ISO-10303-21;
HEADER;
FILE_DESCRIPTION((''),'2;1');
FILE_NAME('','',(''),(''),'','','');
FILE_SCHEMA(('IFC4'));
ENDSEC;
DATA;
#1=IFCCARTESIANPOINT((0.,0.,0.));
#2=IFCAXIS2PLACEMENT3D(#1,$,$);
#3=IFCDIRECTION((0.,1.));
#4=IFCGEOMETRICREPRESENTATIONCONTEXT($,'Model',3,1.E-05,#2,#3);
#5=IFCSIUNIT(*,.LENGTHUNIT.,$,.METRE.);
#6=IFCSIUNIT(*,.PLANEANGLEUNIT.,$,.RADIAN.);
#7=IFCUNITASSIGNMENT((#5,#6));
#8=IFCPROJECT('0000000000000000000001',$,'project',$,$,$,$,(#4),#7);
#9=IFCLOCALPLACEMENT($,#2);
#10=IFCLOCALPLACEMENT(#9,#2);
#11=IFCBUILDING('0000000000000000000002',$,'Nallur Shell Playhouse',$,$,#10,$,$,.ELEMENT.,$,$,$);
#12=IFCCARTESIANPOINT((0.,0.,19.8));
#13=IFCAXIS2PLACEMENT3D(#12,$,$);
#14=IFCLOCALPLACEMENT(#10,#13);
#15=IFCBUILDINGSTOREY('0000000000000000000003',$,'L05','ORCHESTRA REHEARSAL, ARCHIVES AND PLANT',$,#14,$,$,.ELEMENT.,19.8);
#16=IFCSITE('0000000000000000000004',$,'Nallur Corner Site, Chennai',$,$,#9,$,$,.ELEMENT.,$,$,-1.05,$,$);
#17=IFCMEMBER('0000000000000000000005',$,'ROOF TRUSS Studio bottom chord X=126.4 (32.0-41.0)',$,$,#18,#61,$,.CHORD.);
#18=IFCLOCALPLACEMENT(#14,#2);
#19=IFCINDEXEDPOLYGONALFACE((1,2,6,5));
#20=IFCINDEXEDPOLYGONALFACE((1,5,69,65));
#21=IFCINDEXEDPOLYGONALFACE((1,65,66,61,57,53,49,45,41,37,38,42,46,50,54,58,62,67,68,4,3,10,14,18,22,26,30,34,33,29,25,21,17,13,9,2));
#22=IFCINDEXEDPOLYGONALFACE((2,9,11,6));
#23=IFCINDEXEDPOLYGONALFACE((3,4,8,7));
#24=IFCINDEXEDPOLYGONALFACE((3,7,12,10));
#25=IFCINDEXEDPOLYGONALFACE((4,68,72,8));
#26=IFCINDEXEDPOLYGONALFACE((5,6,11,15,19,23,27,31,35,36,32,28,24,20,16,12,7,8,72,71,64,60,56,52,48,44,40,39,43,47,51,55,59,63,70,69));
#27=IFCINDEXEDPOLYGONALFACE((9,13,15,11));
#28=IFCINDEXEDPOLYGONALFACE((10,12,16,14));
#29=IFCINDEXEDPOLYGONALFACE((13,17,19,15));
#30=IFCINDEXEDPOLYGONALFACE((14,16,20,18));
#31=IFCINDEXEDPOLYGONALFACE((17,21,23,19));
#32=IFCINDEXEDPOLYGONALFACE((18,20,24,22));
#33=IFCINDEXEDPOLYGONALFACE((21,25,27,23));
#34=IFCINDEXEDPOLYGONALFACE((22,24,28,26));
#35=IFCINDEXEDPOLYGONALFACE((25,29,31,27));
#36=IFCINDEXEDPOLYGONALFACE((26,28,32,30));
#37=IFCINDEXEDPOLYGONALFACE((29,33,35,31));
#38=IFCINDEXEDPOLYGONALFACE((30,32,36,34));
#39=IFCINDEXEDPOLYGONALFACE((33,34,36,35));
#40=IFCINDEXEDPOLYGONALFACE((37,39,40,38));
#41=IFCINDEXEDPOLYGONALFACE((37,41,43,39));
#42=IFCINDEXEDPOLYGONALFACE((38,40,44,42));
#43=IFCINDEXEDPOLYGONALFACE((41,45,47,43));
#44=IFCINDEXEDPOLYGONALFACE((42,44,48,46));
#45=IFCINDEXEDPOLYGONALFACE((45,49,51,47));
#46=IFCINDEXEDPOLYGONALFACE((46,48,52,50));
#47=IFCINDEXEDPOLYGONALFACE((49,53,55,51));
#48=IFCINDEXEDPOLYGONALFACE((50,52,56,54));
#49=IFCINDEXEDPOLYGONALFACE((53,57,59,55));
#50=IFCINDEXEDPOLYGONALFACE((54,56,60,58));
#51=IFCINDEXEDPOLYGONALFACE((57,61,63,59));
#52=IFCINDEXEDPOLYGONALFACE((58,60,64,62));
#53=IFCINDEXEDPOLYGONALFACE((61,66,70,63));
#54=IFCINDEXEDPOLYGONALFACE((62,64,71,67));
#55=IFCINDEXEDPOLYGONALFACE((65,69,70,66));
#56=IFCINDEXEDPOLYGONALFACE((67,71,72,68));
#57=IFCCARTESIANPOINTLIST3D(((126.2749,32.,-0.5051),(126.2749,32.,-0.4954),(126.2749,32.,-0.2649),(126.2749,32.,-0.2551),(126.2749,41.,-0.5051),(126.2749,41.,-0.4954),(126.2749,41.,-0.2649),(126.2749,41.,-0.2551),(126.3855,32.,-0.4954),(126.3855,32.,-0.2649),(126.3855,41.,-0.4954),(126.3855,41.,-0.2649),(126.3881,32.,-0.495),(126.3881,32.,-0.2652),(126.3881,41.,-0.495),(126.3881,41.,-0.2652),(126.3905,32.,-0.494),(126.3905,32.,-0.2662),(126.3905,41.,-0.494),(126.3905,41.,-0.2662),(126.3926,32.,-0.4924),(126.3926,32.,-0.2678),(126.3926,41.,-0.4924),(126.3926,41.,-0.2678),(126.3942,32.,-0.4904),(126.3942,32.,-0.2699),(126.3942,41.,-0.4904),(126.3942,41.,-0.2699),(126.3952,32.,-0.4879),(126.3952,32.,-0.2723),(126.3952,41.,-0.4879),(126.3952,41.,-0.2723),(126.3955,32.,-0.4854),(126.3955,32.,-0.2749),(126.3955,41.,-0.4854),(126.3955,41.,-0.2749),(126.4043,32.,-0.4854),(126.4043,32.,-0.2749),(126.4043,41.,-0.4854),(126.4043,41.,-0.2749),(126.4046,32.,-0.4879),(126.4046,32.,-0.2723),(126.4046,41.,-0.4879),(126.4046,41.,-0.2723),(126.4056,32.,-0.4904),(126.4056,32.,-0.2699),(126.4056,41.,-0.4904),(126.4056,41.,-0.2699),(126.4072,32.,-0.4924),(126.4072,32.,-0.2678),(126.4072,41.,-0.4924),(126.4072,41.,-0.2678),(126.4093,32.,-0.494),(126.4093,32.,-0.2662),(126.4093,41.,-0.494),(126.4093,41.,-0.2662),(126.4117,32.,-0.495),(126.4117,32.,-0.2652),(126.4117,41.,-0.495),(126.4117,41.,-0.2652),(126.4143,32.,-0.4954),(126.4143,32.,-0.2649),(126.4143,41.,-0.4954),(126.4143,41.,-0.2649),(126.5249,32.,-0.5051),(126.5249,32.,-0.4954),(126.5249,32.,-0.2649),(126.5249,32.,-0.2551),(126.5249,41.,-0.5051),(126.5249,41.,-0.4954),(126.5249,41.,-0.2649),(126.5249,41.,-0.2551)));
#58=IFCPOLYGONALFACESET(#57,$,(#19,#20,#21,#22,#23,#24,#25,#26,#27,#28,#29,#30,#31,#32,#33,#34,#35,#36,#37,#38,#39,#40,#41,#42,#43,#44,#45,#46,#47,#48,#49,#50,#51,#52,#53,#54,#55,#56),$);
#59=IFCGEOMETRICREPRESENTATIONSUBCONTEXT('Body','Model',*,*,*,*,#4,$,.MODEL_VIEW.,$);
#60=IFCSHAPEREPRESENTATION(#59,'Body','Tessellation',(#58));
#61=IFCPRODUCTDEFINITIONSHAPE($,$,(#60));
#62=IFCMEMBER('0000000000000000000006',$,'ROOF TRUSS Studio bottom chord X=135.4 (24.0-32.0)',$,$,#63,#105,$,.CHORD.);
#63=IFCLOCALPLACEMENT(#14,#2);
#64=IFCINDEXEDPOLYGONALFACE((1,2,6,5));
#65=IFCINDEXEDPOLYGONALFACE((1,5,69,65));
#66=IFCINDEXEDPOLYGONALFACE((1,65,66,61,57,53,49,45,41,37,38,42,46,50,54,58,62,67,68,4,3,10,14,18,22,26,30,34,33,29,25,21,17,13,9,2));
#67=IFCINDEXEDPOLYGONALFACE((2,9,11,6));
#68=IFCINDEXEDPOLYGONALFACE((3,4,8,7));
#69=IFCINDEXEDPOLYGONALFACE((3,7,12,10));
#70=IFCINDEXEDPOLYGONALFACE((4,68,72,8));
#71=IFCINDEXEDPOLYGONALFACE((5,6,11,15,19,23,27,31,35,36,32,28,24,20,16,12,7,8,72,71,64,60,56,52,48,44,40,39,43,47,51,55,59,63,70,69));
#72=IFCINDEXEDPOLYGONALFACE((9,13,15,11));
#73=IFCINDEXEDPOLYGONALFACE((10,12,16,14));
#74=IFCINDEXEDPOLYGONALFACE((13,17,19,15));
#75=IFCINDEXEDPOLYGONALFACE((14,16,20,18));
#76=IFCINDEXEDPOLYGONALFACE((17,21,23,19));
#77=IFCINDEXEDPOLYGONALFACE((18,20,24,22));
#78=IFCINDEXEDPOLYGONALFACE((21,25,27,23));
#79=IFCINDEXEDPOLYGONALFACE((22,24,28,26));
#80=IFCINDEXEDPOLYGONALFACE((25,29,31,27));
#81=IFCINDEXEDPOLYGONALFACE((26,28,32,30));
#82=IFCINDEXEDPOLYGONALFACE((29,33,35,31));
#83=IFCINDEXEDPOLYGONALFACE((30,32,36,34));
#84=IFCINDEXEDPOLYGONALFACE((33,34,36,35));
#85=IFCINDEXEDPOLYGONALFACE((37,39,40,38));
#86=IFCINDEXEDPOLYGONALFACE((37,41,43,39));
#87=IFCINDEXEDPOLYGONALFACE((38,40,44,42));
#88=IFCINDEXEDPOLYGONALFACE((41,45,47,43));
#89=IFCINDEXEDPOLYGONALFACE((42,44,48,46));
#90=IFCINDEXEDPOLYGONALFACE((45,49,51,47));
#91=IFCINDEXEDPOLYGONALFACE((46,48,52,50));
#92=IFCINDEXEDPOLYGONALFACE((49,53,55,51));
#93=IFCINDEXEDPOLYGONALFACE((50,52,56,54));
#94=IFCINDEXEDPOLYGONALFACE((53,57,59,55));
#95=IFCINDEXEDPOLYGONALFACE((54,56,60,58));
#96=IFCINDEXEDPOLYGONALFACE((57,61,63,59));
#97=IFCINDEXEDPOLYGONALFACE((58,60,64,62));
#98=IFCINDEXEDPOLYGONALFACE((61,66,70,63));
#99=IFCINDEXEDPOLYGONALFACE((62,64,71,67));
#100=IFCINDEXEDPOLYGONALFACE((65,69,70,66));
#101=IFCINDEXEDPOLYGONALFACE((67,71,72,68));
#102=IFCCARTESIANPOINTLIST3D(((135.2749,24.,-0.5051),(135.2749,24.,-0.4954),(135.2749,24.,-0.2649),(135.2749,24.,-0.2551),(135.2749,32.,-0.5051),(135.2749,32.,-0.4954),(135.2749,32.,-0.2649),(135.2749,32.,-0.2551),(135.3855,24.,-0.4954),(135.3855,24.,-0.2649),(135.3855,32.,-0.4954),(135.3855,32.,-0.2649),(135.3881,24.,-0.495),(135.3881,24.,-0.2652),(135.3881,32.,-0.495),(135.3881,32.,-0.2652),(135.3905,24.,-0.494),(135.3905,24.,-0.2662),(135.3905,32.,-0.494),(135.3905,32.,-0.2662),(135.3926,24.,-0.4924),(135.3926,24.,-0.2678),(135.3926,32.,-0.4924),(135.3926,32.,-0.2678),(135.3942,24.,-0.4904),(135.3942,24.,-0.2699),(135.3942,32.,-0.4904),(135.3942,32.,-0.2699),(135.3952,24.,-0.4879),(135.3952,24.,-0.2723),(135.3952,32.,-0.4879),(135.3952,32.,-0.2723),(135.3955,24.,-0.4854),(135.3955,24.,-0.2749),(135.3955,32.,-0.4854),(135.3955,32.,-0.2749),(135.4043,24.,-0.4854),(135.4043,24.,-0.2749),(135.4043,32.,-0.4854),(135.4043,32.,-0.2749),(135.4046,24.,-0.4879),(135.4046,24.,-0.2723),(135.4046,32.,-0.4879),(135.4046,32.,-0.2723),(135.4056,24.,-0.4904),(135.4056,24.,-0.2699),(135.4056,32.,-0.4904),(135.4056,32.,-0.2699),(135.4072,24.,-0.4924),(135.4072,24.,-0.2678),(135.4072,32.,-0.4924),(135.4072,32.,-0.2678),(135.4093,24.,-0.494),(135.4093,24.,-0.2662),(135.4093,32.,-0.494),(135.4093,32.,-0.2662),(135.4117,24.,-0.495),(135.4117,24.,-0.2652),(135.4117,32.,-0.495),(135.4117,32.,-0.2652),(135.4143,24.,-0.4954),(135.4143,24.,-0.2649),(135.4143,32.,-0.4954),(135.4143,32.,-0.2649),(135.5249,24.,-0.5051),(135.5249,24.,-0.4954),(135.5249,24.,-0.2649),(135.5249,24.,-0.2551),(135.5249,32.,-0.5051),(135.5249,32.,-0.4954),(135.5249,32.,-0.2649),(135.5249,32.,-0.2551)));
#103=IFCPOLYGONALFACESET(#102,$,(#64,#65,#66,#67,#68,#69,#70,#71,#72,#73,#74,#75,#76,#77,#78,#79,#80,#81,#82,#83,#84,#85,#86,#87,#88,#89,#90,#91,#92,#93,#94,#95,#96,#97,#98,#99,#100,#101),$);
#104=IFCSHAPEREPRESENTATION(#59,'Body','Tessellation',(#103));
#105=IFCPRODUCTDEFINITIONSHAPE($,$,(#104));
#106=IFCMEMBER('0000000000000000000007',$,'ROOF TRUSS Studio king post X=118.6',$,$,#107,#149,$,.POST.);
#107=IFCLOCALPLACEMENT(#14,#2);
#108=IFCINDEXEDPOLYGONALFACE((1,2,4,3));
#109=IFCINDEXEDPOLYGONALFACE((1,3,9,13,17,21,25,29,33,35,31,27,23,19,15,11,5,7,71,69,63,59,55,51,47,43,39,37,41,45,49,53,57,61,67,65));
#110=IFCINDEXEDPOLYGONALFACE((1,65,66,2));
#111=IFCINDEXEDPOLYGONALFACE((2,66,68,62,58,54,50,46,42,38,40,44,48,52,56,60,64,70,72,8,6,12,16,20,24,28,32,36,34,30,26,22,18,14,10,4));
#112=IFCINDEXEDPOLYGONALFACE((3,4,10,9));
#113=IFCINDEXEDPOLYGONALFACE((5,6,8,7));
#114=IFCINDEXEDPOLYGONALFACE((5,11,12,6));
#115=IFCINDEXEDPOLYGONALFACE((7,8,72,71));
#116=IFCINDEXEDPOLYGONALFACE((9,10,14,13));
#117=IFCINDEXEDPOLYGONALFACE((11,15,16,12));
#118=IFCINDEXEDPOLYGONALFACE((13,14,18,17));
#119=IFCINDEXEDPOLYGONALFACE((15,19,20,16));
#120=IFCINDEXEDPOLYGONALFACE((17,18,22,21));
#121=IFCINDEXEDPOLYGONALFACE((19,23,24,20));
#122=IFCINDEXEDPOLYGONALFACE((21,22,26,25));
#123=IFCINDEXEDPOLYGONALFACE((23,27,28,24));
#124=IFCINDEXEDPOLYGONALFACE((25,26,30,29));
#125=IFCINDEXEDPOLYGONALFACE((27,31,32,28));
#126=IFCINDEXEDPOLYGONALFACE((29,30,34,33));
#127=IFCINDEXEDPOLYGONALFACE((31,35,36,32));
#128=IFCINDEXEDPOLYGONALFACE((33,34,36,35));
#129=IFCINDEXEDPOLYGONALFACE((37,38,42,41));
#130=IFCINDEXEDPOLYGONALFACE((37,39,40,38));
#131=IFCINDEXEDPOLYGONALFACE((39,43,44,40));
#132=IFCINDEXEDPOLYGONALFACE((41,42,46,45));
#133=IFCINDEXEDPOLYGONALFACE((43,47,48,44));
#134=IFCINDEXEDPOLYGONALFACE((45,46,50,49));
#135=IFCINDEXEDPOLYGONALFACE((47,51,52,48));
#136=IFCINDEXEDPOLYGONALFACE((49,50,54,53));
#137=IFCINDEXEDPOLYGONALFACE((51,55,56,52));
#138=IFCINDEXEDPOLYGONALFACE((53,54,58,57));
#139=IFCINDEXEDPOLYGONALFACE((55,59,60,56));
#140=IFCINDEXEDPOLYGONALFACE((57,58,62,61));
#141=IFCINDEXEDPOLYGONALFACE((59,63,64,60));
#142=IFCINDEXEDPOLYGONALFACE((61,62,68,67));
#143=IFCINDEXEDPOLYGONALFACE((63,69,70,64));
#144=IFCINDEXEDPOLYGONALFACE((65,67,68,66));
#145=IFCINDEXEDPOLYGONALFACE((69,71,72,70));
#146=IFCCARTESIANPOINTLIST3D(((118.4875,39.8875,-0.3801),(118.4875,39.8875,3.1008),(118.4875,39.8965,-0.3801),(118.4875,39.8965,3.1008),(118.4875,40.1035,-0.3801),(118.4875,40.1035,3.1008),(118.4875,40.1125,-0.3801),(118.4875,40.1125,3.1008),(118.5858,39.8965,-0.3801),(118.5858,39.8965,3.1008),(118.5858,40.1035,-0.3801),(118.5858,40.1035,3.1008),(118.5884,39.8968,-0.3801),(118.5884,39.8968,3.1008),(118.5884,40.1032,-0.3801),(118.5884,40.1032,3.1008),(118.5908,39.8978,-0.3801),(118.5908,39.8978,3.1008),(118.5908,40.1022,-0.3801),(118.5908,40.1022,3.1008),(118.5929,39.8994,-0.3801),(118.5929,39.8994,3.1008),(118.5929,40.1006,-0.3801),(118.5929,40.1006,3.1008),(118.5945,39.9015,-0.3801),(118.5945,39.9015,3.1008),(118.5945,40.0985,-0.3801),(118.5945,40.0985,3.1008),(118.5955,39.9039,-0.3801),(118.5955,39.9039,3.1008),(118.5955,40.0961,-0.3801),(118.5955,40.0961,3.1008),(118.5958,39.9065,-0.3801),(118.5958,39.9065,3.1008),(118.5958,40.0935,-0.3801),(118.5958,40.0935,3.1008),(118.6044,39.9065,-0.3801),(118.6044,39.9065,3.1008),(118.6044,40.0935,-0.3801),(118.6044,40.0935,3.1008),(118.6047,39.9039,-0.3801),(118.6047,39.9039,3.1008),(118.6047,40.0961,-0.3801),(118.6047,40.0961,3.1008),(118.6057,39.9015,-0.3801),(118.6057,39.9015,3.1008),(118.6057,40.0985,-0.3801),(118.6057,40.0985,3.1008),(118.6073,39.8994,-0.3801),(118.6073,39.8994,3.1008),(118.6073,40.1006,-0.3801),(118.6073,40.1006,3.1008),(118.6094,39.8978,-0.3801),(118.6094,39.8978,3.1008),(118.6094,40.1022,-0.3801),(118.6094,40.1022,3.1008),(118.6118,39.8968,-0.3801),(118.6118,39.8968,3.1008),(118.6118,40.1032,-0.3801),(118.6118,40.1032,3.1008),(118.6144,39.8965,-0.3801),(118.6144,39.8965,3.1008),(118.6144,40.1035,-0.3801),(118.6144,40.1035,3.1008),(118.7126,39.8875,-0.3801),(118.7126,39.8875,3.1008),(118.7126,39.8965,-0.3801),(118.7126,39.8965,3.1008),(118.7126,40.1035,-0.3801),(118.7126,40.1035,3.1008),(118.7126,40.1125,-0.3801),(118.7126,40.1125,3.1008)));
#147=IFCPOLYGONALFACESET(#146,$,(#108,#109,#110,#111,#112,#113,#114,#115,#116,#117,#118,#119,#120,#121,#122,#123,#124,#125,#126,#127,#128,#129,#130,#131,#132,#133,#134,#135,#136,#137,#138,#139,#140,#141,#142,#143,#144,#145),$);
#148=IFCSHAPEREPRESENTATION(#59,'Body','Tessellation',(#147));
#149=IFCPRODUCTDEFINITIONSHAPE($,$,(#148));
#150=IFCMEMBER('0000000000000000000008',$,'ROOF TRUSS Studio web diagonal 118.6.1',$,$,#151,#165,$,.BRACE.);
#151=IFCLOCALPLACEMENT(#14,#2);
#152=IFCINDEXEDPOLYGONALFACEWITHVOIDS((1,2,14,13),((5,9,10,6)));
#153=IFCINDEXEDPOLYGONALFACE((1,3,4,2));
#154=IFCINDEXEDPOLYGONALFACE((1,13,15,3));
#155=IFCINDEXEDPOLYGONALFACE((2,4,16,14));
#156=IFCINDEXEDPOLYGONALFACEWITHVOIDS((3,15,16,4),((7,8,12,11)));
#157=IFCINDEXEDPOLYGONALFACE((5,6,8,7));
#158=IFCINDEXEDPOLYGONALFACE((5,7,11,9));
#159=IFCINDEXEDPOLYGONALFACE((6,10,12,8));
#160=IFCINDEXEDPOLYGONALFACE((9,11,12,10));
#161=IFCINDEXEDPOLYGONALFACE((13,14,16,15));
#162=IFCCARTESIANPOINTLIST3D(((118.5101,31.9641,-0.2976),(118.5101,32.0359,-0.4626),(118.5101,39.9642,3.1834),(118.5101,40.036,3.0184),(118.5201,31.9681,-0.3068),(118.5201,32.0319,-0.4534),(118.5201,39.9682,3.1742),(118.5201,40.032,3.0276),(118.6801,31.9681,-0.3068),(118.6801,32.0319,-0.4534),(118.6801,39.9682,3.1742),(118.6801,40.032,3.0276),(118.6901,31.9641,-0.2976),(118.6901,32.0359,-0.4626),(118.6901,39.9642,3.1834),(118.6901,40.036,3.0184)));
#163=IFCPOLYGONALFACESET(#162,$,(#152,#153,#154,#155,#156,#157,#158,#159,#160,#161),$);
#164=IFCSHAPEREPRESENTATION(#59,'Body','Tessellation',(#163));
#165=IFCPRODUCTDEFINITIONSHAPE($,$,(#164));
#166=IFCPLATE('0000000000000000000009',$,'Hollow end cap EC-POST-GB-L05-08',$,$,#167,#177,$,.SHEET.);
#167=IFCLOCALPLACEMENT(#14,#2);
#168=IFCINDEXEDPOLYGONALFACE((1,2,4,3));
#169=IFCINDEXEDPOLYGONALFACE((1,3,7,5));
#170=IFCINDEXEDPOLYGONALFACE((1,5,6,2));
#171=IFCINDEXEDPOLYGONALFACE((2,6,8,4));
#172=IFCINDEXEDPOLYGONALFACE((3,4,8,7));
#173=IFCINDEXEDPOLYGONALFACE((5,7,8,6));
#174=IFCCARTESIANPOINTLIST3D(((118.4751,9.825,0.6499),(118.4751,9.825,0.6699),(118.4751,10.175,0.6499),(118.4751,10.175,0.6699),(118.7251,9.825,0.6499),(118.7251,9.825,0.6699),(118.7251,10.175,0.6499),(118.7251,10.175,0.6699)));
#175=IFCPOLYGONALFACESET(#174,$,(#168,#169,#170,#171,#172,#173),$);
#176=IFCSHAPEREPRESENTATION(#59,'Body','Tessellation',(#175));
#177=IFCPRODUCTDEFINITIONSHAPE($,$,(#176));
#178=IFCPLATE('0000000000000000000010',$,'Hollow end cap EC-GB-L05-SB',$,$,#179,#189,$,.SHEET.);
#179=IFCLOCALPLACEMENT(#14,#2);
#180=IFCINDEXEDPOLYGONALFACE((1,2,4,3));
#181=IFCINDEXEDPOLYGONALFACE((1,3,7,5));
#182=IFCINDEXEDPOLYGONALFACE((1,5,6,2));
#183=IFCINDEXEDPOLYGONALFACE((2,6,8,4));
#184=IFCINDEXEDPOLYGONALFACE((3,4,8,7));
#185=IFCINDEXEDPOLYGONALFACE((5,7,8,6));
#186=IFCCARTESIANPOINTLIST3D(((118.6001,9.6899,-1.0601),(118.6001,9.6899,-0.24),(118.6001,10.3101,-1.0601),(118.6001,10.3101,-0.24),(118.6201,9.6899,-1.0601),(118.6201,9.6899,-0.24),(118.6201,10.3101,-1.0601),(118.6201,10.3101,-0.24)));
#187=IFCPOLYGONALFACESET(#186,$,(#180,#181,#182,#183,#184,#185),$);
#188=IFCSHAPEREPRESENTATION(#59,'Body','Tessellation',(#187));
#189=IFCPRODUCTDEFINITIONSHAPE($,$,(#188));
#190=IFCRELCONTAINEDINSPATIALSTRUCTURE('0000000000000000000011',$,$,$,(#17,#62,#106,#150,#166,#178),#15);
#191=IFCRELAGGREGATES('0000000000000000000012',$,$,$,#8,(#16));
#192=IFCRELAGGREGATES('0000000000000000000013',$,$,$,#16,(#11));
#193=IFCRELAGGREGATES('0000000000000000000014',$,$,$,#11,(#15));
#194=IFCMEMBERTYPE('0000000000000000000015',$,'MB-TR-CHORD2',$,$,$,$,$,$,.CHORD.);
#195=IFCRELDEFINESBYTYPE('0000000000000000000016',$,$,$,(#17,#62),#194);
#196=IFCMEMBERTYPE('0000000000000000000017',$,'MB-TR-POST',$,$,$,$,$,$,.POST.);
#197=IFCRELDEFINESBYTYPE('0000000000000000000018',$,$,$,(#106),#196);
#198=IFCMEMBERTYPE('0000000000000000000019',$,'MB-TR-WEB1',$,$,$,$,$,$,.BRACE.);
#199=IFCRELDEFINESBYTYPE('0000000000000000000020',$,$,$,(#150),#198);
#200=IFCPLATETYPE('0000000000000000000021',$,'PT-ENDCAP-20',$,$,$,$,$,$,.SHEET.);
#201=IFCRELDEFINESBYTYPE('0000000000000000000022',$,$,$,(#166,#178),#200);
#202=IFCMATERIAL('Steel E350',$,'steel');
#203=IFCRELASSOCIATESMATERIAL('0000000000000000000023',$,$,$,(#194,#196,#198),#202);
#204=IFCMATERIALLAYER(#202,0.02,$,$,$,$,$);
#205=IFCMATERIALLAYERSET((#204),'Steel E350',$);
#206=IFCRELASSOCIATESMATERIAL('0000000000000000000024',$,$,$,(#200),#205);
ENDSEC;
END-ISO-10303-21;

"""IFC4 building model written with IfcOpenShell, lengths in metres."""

from ifc_helpers import new_model, si_unit, direction, frame, origin, origin_2d, place, context, subcontext, project, spatial, rectangle, hollow_rectangle, i_section, extrude, material, layer, layer_set, material_profile, profile_set, type_object, element, save


model = new_model("IFC4")

# Units and contexts
model_context = context("Model", 3, precision=1e-05, world=origin(), true_north=direction((0.0, 1.0)))
body_context = subcontext(model_context, "Body", "Model", "MODEL_VIEW")
ifc_project = project(units=[si_unit("LENGTHUNIT", "METRE"), si_unit("PLANEANGLEUNIT", "RADIAN")], contexts=[model_context])

# Site, building, storey
site_placement = place(None, origin())
site = spatial("IfcSite", under=ifc_project, at=site_placement, Name="Nallur Corner Site, Chennai", CompositionType="ELEMENT", RefElevation=-1.05)
building_placement = place(site_placement, origin())
building = spatial("IfcBuilding", under=site, at=building_placement, Name="Nallur Shell Playhouse", CompositionType="ELEMENT")
storey_placement = place(building_placement, frame((0.0, 0.0, 19.8)))
storey = spatial("IfcBuildingStorey", under=building, at=storey_placement, Name="L05", Description="ORCHESTRA REHEARSAL, ARCHIVES AND PLANT", CompositionType="ELEMENT", Elevation=19.8)

# Shared definitions
ifc_material_1 = material(Name="Steel E350", Category="steel")

# Members
ifc_material_profile_1 = material_profile(ifc_material_1, i_section(OverallWidth=0.25, OverallDepth=0.25, WebThickness=0.0088, FlangeThickness=0.0098, FilletRadius=0.01, at=origin_2d()), Name="ISHB 250")
ifc_profile_set_1 = profile_set([ifc_material_profile_1], Name="Steel E350")
member_type_1 = type_object("IfcMemberType", Name="MB-TR-CHORD2", PredefinedType="CHORD", material=ifc_profile_set_1)
member_1_placement = place(storey_placement, frame((126.3999, 32.0, -0.3801), z_axis=(0.0, 1.0, 0.0), x_axis=(-1.0, 0.0, 0.0)))
element("IfcMember", 1, at=member_1_placement, inside=storey, type_object=member_type_1, Name="ROOF TRUSS Studio bottom chord X=126.4 (32.0-41.0)", PredefinedType="CHORD", context=body_context, shape_type="SweptSolid", body=[
    extrude(i_section(OverallWidth=0.25, OverallDepth=0.25, WebThickness=0.0088, FlangeThickness=0.0098, FilletRadius=0.01, at=origin_2d()), origin(), (0.0, 0.0, 1.0), 9.0),
])
member_2_placement = place(storey_placement, frame((135.3999, 24.0, -0.3801), z_axis=(0.0, 1.0, 0.0), x_axis=(-1.0, 0.0, 0.0)))
element("IfcMember", 2, at=member_2_placement, inside=storey, type_object=member_type_1, Name="ROOF TRUSS Studio bottom chord X=135.4 (24.0-32.0)", PredefinedType="CHORD", context=body_context, shape_type="SweptSolid", body=[
    extrude(i_section(OverallWidth=0.25, OverallDepth=0.25, WebThickness=0.0088, FlangeThickness=0.0098, FilletRadius=0.01, at=origin_2d()), origin(), (0.0, 0.0, 1.0), 8.0),
])
ifc_material_profile_2 = material_profile(ifc_material_1, i_section(OverallWidth=0.2251, OverallDepth=0.2251, WebThickness=0.0085, FlangeThickness=0.009, FilletRadius=0.01, at=origin_2d()), Name="ISHB 225")
ifc_profile_set_2 = profile_set([ifc_material_profile_2], Name="Steel E350")
member_type_2 = type_object("IfcMemberType", Name="MB-TR-POST", PredefinedType="POST", material=ifc_profile_set_2)
member_3_placement = place(storey_placement, frame((118.6001, 40.0, -0.3801), z_axis=(0.0, 0.0, 1.0), x_axis=(1.0, 0.0, 0.0)))
element("IfcMember", 3, at=member_3_placement, inside=storey, type_object=member_type_2, Name="ROOF TRUSS Studio king post X=118.6", PredefinedType="POST", context=body_context, shape_type="SweptSolid", body=[
    extrude(i_section(OverallWidth=0.2251, OverallDepth=0.2251, WebThickness=0.0085, FlangeThickness=0.009, FilletRadius=0.01, at=origin_2d()), origin(), (0.0, 0.0, 1.0), 3.481),
])
ifc_material_profile_3 = material_profile(ifc_material_1, hollow_rectangle(XDim=0.1799, YDim=0.1799, WallThickness=0.01, at=origin_2d()), Name="SHS 180x180x10")
ifc_profile_set_3 = profile_set([ifc_material_profile_3], Name="Steel E350")
member_type_3 = type_object("IfcMemberType", Name="MB-TR-WEB1", PredefinedType="BRACE", material=ifc_profile_set_3)
member_4_placement = place(storey_placement, frame((118.6001, 32.0, -0.3801), z_axis=(0.0, 0.916957, 0.398986), x_axis=(-1.0, 0.0, 0.0)))
element("IfcMember", 4, at=member_4_placement, inside=storey, type_object=member_type_3, Name="ROOF TRUSS Studio web diagonal 118.6.1", PredefinedType="BRACE", context=body_context, shape_type="SweptSolid", body=[
    extrude(hollow_rectangle(XDim=0.1799, YDim=0.1799, WallThickness=0.01, at=origin_2d()), origin(), (0.0, 0.0, 1.0), 8.7246),
])

# Plates
ifc_layer_1 = layer(ifc_material_1, 0.02)
ifc_layer_set_1 = layer_set([ifc_layer_1], Name="Steel E350")
plate_type = type_object("IfcPlateType", Name="PT-ENDCAP-20", PredefinedType="SHEET", material=ifc_layer_set_1)
plate_1_placement = place(storey_placement, frame((118.6001, 10.0, 0.6499), z_axis=(0.0, 0.0, 1.0), x_axis=(1.0, 0.0, 0.0)))
element("IfcPlate", 5, at=plate_1_placement, inside=storey, type_object=plate_type, Name="Hollow end cap EC-POST-GB-L05-08", PredefinedType="SHEET", context=body_context, shape_type="SweptSolid", body=[
    extrude(rectangle(XDim=0.25, YDim=0.3501, at=origin_2d()), origin(), (0.0, 0.0, 1.0), 0.02),
])
plate_2_placement = place(storey_placement, frame((118.6101, 10.0, -1.0601), z_axis=(0.0, 0.0, 1.0), x_axis=(1.0, 0.0, 0.0)))
element("IfcPlate", 6, at=plate_2_placement, inside=storey, type_object=plate_type, Name="Hollow end cap EC-GB-L05-SB", PredefinedType="SHEET", context=body_context, shape_type="SweptSolid", body=[
    extrude(rectangle(XDim=0.02, YDim=0.6201, at=origin_2d()), origin(), (0.0, 0.0, 1.0), 0.8201),
])

save(model, "model.ifc")
